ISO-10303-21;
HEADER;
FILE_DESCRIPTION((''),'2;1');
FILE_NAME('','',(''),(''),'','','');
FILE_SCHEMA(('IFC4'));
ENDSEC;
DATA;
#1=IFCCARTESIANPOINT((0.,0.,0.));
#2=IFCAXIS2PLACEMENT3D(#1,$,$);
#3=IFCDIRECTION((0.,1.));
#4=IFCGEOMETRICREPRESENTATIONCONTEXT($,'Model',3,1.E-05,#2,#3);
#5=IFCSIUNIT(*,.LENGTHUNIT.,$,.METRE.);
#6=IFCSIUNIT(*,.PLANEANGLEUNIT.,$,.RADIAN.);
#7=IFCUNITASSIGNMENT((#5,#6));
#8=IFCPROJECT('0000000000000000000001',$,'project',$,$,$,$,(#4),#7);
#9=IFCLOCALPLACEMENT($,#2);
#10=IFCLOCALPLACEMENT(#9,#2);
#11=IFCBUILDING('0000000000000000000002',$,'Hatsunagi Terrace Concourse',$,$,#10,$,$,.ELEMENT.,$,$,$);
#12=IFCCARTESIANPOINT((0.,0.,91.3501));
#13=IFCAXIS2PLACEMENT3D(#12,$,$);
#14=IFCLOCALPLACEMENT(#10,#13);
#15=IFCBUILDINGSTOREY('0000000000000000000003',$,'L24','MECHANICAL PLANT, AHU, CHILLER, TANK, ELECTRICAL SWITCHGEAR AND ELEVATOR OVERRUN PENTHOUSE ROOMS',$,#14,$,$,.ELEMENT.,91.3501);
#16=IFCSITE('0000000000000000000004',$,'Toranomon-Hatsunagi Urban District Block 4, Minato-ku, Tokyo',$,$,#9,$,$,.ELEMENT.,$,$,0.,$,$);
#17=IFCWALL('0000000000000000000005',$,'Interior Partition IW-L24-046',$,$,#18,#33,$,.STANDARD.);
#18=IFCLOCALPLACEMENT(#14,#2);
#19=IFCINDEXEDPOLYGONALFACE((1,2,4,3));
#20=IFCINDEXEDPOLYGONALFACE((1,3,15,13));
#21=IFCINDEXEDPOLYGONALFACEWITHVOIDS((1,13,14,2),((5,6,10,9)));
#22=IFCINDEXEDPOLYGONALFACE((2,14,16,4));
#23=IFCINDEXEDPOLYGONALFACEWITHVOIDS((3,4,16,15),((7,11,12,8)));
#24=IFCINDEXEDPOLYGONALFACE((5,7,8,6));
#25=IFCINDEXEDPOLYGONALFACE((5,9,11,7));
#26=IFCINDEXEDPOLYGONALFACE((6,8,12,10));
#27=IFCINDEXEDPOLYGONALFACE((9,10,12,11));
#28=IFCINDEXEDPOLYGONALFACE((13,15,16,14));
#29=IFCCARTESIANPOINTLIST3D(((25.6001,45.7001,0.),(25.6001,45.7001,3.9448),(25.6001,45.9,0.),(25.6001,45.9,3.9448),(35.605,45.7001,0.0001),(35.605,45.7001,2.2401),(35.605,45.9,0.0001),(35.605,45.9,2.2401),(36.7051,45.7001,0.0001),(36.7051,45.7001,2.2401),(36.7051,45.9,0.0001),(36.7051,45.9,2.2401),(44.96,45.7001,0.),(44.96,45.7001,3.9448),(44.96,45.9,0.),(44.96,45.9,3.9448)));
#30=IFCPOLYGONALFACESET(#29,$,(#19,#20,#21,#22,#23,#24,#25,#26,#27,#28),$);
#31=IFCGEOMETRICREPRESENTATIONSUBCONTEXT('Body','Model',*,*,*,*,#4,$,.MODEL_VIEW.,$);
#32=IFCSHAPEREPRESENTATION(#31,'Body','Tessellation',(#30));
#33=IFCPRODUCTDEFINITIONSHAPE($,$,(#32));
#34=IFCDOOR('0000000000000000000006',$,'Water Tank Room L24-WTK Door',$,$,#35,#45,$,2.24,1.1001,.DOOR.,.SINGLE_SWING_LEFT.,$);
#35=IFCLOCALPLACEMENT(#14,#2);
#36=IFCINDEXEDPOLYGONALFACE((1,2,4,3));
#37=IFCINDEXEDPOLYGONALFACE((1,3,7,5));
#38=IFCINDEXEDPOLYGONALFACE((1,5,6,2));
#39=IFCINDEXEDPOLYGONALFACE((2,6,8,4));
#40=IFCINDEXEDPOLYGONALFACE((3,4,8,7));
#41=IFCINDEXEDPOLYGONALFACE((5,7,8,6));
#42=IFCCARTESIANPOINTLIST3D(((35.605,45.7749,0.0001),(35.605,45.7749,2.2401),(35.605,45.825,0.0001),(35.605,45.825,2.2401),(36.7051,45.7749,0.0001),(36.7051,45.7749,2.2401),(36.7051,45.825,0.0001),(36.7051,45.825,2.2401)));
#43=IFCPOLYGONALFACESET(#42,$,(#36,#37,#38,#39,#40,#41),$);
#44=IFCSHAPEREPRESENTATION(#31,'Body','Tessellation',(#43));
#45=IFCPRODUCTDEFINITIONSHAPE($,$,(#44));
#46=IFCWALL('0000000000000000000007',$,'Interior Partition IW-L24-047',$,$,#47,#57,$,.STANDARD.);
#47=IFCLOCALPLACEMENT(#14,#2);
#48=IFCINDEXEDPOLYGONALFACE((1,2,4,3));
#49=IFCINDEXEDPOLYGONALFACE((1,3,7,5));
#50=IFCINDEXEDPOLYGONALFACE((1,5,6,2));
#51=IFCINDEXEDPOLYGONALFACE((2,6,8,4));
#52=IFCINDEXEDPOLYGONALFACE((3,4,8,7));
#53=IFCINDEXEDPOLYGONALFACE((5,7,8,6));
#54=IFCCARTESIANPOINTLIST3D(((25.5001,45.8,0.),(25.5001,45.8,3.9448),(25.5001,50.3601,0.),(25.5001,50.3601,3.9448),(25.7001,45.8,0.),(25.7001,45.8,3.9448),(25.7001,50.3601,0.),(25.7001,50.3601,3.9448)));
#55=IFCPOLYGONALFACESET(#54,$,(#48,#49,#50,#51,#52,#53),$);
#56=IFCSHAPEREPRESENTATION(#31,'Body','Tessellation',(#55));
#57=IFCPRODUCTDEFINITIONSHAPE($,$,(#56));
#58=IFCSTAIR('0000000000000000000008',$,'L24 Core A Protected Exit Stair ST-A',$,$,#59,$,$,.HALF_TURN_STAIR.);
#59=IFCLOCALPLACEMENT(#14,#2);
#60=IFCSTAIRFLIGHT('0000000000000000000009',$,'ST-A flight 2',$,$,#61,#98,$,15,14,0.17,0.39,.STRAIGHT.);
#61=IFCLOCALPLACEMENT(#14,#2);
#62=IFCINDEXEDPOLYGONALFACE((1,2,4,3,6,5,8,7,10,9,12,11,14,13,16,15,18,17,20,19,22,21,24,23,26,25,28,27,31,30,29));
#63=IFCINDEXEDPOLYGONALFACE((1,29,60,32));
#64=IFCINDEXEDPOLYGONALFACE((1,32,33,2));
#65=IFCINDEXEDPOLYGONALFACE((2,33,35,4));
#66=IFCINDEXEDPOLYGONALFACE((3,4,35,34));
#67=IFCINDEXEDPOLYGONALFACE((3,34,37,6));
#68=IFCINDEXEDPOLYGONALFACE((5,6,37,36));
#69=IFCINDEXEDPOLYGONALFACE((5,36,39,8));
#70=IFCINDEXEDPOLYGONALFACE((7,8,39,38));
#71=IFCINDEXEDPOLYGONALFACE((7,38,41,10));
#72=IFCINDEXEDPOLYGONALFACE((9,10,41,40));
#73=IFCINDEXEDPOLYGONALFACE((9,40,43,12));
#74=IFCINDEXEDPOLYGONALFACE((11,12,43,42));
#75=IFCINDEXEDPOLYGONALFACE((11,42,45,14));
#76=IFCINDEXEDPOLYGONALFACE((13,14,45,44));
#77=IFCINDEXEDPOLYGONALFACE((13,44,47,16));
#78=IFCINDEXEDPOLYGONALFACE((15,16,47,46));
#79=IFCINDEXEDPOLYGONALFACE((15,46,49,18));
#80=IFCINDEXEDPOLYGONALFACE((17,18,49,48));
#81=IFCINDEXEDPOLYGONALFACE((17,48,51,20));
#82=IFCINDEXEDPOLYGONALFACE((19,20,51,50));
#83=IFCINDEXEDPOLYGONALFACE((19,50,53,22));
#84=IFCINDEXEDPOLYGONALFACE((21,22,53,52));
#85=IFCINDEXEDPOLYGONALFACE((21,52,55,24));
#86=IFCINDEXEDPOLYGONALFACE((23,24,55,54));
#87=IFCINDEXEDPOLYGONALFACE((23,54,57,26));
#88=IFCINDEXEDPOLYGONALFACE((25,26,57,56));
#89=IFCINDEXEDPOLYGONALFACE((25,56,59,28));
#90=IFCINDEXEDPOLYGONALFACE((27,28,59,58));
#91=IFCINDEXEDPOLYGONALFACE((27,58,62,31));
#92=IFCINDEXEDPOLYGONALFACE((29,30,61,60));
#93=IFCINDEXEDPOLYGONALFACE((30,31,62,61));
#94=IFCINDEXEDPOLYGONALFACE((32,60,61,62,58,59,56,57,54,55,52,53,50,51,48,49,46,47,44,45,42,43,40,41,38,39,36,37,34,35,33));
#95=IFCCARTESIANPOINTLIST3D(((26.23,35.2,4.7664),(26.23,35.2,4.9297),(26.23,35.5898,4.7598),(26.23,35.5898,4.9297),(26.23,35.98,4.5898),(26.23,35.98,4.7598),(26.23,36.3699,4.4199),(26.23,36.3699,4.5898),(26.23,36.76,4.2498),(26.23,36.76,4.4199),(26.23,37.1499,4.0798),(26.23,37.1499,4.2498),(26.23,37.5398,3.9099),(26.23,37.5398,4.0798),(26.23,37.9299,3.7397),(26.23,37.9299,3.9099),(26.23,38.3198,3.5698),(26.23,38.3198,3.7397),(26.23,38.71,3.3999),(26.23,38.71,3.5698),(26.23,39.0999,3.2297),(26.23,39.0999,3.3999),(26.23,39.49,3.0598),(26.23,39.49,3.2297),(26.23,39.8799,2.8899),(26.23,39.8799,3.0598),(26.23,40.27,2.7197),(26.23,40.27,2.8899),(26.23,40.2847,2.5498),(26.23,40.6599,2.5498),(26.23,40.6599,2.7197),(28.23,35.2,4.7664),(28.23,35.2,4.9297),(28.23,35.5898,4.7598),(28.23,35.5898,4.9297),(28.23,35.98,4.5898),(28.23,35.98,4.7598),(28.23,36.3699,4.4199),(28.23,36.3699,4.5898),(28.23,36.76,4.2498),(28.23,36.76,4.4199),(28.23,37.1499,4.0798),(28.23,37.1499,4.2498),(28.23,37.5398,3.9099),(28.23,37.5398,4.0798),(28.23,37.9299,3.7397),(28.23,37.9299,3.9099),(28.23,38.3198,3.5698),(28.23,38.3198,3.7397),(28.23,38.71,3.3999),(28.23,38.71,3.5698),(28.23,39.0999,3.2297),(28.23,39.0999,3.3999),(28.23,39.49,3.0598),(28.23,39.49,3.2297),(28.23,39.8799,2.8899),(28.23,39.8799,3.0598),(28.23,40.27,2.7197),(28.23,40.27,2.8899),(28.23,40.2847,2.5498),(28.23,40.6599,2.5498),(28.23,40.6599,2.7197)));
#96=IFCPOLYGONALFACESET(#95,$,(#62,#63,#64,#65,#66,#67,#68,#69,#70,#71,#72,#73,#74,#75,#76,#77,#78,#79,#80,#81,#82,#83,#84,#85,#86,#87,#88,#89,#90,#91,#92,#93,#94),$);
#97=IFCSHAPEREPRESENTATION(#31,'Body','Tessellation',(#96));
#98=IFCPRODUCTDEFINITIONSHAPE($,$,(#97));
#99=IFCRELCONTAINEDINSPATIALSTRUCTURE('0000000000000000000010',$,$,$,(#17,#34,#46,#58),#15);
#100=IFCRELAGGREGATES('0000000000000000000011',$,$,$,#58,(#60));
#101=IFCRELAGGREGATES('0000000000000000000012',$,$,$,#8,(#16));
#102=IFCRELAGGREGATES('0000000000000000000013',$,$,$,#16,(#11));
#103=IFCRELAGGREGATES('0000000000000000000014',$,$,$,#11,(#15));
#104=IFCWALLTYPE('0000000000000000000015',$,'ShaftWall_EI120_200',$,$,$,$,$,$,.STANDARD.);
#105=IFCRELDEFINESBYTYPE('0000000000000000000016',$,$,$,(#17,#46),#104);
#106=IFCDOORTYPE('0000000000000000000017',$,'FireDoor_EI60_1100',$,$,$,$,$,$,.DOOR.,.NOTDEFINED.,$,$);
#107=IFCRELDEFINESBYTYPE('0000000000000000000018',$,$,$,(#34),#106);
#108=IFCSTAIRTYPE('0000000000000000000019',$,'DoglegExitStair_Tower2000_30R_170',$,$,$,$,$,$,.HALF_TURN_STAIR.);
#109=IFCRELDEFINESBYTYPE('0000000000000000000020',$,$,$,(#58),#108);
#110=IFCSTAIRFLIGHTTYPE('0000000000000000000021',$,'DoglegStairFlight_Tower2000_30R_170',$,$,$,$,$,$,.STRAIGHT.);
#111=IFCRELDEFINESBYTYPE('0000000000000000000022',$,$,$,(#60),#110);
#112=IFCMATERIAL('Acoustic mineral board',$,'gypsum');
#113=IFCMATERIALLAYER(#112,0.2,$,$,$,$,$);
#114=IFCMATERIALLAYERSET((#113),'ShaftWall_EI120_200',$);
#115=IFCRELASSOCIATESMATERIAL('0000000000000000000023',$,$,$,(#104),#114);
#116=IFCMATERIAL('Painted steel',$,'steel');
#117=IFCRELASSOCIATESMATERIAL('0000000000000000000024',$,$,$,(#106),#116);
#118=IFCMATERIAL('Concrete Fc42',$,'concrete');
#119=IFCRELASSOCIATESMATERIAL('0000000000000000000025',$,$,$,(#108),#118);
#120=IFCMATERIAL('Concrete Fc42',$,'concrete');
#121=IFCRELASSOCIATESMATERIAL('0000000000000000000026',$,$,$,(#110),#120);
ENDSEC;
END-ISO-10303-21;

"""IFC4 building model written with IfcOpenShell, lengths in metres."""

from ifc_helpers import new_model, si_unit, direction, frame, frame_2d, origin, place, context, subcontext, project, spatial, polyline, rectangle, outline, extrude, material, layer, layer_set, type_object, element, fill, aggregate, save


model = new_model("IFC4")

# Units and contexts
model_context = context("Model", 3, precision=1e-05, world=origin(), true_north=direction((0.0, 1.0)))
body_context = subcontext(model_context, "Body", "Model", "MODEL_VIEW")
ifc_project = project(units=[si_unit("LENGTHUNIT", "METRE"), si_unit("PLANEANGLEUNIT", "RADIAN")], contexts=[model_context])

# Site, building, storey
site_placement = place(None, origin())
site = spatial("IfcSite", under=ifc_project, at=site_placement, Name="Toranomon-Hatsunagi Urban District Block 4, Minato-ku, Tokyo", CompositionType="ELEMENT", RefElevation=0.0)
building_placement = place(site_placement, origin())
building = spatial("IfcBuilding", under=site, at=building_placement, Name="Hatsunagi Terrace Concourse", CompositionType="ELEMENT")
storey_placement = place(building_placement, frame((0.0, 0.0, 91.3501)))
storey = spatial("IfcBuildingStorey", under=building, at=storey_placement, Name="L24", Description="MECHANICAL PLANT, AHU, CHILLER, TANK, ELECTRICAL SWITCHGEAR AND ELEVATOR OVERRUN PENTHOUSE ROOMS", CompositionType="ELEMENT", Elevation=91.3501)

# Shared definitions
ifc_material_1 = material(Name="Acoustic mineral board", Category="gypsum")
ifc_layer_1 = layer(ifc_material_1, 0.2)
ifc_layer_set_1 = layer_set([ifc_layer_1], Name="ShaftWall_EI120_200")
wall_type_1 = type_object("IfcWallType", Name="ShaftWall_EI120_200", PredefinedType="STANDARD", material=ifc_layer_set_1)

# Wall, opening, door
wall_1_placement = place(storey_placement, frame((25.6001, 45.8, 0.0), z_axis=(0.0, 0.0, 1.0), x_axis=(1.0, 0.0, 0.0)))
wall_1 = element("IfcWall", 1, at=wall_1_placement, inside=storey, type_object=wall_type_1, Name="Interior Partition IW-L24-046", PredefinedType="STANDARD", context=body_context, shape_type="SweptSolid", body=[
    extrude(rectangle(XDim=19.3599, YDim=0.2, at=frame_2d((9.6799, 0.0))), origin(), (0.0, 0.0, 1.0), 3.9448),
])
opening_1_placement = place(wall_1_placement, frame((10.0049, 0.0, 0.0)))
opening_1 = element("IfcOpeningElement", 2, at=opening_1_placement, cuts=wall_1, PredefinedType="OPENING", context=body_context, shape_type="SweptSolid", body=[
    extrude(rectangle(XDim=1.1001, YDim=2.24, at=frame_2d((0.55, 1.1201))), frame((0.0, 0.1099, 0.0), z_axis=(0.0, -1.0, 0.0), x_axis=(1.0, 0.0, 0.0)), (0.0, 0.0, 1.0), 0.22),
])
ifc_material_2 = material(Name="Painted steel", Category="steel")
door_type_1 = type_object("IfcDoorType", Name="FireDoor_EI60_1100", OperationType="NOTDEFINED", PredefinedType="DOOR", material=ifc_material_2)
door_1_placement = place(opening_1_placement, origin())
door_1 = element("IfcDoor", 3, at=door_1_placement, inside=storey, type_object=door_type_1, Name="Water Tank Room L24-WTK Door", OperationType="SINGLE_SWING_LEFT", OverallHeight=2.24, OverallWidth=1.1001, PredefinedType="DOOR", context=body_context, shape_type="SweptSolid", body=[
    extrude(rectangle(XDim=1.1001, YDim=2.24, at=frame_2d((0.55, 1.1201))), frame((0.0, 0.0249, 0.0), z_axis=(0.0, -1.0, 0.0), x_axis=(1.0, 0.0, 0.0)), (0.0, 0.0, 1.0), 0.05),
])
fill(opening_1, door_1)

# Wall
wall_2_placement = place(storey_placement, frame((25.6001, 45.8, 0.0), z_axis=(0.0, 0.0, 1.0), x_axis=(0.0, 1.0, 0.0)))
element("IfcWall", 4, at=wall_2_placement, inside=storey, type_object=wall_type_1, Name="Interior Partition IW-L24-047", PredefinedType="STANDARD", context=body_context, shape_type="SweptSolid", body=[
    extrude(rectangle(XDim=4.5601, YDim=0.2, at=frame_2d((2.28, 0.0))), origin(), (0.0, 0.0, 1.0), 3.9448),
])

# Stair, stair flight
ifc_material_3 = material(Name="Concrete Fc42", Category="concrete")
stair_type = type_object("IfcStairType", Name="DoglegExitStair_Tower2000_30R_170", PredefinedType="HALF_TURN_STAIR", material=ifc_material_3)
stair_placement = place(storey_placement, origin())
stair = element("IfcStair", 5, at=stair_placement, inside=storey, type_object=stair_type, Name="L24 Core A Protected Exit Stair ST-A", PredefinedType="HALF_TURN_STAIR")
ifc_material_4 = material(Name="Concrete Fc42", Category="concrete")
stair_flight_type = type_object("IfcStairFlightType", Name="DoglegStairFlight_Tower2000_30R_170", PredefinedType="STRAIGHT", material=ifc_material_4)
stair_flight_placement = place(storey_placement, frame((27.23, 40.6599, 2.5498), z_axis=(0.0, 0.0, 1.0), x_axis=(0.0, -1.0, 0.0)))
stair_flight = element("IfcStairFlight", 6, at=stair_flight_placement, type_object=stair_flight_type, Name="ST-A flight 2", NumberOfRisers=15, NumberOfTreads=14, PredefinedType="STRAIGHT", RiserHeight=0.17, TreadLength=0.39, context=body_context, shape_type="SweptSolid", body=[
    extrude(outline(polyline([(0.0, 0.0), (0.0, 0.1699), (0.3899, 0.1699), (0.3899, 0.3401), (0.78, 0.3401), (0.78, 0.51), (1.1699, 0.51), (1.1699, 0.6799), (1.5601, 0.6799), (1.5601, 0.8501), (1.95, 0.8501), (1.95, 1.02), (2.3401, 1.02), (2.3401, 1.1899), (2.73, 1.1899), (2.73, 1.3601), (3.1201, 1.3601), (3.1201, 1.53), (3.51, 1.53), (3.51, 1.7), (3.8999, 1.7), (3.8999, 1.8701), (4.29, 1.8701), (4.29, 2.04), (4.6799, 2.04), (4.6799, 2.21), (5.0701, 2.21), (5.0701, 2.3799), (5.46, 2.3799), (5.46, 2.55), (5.46, 2.2166), (0.3752, 0.0), (0.0, 0.0)])), frame((0.0, 1.0, 0.0), z_axis=(0.0, -1.0, 0.0), x_axis=(1.0, 0.0, 0.0)), (0.0, 0.0, 1.0), 2.0),
])
aggregate(stair, [stair_flight])

save(model, "model.ifc")
